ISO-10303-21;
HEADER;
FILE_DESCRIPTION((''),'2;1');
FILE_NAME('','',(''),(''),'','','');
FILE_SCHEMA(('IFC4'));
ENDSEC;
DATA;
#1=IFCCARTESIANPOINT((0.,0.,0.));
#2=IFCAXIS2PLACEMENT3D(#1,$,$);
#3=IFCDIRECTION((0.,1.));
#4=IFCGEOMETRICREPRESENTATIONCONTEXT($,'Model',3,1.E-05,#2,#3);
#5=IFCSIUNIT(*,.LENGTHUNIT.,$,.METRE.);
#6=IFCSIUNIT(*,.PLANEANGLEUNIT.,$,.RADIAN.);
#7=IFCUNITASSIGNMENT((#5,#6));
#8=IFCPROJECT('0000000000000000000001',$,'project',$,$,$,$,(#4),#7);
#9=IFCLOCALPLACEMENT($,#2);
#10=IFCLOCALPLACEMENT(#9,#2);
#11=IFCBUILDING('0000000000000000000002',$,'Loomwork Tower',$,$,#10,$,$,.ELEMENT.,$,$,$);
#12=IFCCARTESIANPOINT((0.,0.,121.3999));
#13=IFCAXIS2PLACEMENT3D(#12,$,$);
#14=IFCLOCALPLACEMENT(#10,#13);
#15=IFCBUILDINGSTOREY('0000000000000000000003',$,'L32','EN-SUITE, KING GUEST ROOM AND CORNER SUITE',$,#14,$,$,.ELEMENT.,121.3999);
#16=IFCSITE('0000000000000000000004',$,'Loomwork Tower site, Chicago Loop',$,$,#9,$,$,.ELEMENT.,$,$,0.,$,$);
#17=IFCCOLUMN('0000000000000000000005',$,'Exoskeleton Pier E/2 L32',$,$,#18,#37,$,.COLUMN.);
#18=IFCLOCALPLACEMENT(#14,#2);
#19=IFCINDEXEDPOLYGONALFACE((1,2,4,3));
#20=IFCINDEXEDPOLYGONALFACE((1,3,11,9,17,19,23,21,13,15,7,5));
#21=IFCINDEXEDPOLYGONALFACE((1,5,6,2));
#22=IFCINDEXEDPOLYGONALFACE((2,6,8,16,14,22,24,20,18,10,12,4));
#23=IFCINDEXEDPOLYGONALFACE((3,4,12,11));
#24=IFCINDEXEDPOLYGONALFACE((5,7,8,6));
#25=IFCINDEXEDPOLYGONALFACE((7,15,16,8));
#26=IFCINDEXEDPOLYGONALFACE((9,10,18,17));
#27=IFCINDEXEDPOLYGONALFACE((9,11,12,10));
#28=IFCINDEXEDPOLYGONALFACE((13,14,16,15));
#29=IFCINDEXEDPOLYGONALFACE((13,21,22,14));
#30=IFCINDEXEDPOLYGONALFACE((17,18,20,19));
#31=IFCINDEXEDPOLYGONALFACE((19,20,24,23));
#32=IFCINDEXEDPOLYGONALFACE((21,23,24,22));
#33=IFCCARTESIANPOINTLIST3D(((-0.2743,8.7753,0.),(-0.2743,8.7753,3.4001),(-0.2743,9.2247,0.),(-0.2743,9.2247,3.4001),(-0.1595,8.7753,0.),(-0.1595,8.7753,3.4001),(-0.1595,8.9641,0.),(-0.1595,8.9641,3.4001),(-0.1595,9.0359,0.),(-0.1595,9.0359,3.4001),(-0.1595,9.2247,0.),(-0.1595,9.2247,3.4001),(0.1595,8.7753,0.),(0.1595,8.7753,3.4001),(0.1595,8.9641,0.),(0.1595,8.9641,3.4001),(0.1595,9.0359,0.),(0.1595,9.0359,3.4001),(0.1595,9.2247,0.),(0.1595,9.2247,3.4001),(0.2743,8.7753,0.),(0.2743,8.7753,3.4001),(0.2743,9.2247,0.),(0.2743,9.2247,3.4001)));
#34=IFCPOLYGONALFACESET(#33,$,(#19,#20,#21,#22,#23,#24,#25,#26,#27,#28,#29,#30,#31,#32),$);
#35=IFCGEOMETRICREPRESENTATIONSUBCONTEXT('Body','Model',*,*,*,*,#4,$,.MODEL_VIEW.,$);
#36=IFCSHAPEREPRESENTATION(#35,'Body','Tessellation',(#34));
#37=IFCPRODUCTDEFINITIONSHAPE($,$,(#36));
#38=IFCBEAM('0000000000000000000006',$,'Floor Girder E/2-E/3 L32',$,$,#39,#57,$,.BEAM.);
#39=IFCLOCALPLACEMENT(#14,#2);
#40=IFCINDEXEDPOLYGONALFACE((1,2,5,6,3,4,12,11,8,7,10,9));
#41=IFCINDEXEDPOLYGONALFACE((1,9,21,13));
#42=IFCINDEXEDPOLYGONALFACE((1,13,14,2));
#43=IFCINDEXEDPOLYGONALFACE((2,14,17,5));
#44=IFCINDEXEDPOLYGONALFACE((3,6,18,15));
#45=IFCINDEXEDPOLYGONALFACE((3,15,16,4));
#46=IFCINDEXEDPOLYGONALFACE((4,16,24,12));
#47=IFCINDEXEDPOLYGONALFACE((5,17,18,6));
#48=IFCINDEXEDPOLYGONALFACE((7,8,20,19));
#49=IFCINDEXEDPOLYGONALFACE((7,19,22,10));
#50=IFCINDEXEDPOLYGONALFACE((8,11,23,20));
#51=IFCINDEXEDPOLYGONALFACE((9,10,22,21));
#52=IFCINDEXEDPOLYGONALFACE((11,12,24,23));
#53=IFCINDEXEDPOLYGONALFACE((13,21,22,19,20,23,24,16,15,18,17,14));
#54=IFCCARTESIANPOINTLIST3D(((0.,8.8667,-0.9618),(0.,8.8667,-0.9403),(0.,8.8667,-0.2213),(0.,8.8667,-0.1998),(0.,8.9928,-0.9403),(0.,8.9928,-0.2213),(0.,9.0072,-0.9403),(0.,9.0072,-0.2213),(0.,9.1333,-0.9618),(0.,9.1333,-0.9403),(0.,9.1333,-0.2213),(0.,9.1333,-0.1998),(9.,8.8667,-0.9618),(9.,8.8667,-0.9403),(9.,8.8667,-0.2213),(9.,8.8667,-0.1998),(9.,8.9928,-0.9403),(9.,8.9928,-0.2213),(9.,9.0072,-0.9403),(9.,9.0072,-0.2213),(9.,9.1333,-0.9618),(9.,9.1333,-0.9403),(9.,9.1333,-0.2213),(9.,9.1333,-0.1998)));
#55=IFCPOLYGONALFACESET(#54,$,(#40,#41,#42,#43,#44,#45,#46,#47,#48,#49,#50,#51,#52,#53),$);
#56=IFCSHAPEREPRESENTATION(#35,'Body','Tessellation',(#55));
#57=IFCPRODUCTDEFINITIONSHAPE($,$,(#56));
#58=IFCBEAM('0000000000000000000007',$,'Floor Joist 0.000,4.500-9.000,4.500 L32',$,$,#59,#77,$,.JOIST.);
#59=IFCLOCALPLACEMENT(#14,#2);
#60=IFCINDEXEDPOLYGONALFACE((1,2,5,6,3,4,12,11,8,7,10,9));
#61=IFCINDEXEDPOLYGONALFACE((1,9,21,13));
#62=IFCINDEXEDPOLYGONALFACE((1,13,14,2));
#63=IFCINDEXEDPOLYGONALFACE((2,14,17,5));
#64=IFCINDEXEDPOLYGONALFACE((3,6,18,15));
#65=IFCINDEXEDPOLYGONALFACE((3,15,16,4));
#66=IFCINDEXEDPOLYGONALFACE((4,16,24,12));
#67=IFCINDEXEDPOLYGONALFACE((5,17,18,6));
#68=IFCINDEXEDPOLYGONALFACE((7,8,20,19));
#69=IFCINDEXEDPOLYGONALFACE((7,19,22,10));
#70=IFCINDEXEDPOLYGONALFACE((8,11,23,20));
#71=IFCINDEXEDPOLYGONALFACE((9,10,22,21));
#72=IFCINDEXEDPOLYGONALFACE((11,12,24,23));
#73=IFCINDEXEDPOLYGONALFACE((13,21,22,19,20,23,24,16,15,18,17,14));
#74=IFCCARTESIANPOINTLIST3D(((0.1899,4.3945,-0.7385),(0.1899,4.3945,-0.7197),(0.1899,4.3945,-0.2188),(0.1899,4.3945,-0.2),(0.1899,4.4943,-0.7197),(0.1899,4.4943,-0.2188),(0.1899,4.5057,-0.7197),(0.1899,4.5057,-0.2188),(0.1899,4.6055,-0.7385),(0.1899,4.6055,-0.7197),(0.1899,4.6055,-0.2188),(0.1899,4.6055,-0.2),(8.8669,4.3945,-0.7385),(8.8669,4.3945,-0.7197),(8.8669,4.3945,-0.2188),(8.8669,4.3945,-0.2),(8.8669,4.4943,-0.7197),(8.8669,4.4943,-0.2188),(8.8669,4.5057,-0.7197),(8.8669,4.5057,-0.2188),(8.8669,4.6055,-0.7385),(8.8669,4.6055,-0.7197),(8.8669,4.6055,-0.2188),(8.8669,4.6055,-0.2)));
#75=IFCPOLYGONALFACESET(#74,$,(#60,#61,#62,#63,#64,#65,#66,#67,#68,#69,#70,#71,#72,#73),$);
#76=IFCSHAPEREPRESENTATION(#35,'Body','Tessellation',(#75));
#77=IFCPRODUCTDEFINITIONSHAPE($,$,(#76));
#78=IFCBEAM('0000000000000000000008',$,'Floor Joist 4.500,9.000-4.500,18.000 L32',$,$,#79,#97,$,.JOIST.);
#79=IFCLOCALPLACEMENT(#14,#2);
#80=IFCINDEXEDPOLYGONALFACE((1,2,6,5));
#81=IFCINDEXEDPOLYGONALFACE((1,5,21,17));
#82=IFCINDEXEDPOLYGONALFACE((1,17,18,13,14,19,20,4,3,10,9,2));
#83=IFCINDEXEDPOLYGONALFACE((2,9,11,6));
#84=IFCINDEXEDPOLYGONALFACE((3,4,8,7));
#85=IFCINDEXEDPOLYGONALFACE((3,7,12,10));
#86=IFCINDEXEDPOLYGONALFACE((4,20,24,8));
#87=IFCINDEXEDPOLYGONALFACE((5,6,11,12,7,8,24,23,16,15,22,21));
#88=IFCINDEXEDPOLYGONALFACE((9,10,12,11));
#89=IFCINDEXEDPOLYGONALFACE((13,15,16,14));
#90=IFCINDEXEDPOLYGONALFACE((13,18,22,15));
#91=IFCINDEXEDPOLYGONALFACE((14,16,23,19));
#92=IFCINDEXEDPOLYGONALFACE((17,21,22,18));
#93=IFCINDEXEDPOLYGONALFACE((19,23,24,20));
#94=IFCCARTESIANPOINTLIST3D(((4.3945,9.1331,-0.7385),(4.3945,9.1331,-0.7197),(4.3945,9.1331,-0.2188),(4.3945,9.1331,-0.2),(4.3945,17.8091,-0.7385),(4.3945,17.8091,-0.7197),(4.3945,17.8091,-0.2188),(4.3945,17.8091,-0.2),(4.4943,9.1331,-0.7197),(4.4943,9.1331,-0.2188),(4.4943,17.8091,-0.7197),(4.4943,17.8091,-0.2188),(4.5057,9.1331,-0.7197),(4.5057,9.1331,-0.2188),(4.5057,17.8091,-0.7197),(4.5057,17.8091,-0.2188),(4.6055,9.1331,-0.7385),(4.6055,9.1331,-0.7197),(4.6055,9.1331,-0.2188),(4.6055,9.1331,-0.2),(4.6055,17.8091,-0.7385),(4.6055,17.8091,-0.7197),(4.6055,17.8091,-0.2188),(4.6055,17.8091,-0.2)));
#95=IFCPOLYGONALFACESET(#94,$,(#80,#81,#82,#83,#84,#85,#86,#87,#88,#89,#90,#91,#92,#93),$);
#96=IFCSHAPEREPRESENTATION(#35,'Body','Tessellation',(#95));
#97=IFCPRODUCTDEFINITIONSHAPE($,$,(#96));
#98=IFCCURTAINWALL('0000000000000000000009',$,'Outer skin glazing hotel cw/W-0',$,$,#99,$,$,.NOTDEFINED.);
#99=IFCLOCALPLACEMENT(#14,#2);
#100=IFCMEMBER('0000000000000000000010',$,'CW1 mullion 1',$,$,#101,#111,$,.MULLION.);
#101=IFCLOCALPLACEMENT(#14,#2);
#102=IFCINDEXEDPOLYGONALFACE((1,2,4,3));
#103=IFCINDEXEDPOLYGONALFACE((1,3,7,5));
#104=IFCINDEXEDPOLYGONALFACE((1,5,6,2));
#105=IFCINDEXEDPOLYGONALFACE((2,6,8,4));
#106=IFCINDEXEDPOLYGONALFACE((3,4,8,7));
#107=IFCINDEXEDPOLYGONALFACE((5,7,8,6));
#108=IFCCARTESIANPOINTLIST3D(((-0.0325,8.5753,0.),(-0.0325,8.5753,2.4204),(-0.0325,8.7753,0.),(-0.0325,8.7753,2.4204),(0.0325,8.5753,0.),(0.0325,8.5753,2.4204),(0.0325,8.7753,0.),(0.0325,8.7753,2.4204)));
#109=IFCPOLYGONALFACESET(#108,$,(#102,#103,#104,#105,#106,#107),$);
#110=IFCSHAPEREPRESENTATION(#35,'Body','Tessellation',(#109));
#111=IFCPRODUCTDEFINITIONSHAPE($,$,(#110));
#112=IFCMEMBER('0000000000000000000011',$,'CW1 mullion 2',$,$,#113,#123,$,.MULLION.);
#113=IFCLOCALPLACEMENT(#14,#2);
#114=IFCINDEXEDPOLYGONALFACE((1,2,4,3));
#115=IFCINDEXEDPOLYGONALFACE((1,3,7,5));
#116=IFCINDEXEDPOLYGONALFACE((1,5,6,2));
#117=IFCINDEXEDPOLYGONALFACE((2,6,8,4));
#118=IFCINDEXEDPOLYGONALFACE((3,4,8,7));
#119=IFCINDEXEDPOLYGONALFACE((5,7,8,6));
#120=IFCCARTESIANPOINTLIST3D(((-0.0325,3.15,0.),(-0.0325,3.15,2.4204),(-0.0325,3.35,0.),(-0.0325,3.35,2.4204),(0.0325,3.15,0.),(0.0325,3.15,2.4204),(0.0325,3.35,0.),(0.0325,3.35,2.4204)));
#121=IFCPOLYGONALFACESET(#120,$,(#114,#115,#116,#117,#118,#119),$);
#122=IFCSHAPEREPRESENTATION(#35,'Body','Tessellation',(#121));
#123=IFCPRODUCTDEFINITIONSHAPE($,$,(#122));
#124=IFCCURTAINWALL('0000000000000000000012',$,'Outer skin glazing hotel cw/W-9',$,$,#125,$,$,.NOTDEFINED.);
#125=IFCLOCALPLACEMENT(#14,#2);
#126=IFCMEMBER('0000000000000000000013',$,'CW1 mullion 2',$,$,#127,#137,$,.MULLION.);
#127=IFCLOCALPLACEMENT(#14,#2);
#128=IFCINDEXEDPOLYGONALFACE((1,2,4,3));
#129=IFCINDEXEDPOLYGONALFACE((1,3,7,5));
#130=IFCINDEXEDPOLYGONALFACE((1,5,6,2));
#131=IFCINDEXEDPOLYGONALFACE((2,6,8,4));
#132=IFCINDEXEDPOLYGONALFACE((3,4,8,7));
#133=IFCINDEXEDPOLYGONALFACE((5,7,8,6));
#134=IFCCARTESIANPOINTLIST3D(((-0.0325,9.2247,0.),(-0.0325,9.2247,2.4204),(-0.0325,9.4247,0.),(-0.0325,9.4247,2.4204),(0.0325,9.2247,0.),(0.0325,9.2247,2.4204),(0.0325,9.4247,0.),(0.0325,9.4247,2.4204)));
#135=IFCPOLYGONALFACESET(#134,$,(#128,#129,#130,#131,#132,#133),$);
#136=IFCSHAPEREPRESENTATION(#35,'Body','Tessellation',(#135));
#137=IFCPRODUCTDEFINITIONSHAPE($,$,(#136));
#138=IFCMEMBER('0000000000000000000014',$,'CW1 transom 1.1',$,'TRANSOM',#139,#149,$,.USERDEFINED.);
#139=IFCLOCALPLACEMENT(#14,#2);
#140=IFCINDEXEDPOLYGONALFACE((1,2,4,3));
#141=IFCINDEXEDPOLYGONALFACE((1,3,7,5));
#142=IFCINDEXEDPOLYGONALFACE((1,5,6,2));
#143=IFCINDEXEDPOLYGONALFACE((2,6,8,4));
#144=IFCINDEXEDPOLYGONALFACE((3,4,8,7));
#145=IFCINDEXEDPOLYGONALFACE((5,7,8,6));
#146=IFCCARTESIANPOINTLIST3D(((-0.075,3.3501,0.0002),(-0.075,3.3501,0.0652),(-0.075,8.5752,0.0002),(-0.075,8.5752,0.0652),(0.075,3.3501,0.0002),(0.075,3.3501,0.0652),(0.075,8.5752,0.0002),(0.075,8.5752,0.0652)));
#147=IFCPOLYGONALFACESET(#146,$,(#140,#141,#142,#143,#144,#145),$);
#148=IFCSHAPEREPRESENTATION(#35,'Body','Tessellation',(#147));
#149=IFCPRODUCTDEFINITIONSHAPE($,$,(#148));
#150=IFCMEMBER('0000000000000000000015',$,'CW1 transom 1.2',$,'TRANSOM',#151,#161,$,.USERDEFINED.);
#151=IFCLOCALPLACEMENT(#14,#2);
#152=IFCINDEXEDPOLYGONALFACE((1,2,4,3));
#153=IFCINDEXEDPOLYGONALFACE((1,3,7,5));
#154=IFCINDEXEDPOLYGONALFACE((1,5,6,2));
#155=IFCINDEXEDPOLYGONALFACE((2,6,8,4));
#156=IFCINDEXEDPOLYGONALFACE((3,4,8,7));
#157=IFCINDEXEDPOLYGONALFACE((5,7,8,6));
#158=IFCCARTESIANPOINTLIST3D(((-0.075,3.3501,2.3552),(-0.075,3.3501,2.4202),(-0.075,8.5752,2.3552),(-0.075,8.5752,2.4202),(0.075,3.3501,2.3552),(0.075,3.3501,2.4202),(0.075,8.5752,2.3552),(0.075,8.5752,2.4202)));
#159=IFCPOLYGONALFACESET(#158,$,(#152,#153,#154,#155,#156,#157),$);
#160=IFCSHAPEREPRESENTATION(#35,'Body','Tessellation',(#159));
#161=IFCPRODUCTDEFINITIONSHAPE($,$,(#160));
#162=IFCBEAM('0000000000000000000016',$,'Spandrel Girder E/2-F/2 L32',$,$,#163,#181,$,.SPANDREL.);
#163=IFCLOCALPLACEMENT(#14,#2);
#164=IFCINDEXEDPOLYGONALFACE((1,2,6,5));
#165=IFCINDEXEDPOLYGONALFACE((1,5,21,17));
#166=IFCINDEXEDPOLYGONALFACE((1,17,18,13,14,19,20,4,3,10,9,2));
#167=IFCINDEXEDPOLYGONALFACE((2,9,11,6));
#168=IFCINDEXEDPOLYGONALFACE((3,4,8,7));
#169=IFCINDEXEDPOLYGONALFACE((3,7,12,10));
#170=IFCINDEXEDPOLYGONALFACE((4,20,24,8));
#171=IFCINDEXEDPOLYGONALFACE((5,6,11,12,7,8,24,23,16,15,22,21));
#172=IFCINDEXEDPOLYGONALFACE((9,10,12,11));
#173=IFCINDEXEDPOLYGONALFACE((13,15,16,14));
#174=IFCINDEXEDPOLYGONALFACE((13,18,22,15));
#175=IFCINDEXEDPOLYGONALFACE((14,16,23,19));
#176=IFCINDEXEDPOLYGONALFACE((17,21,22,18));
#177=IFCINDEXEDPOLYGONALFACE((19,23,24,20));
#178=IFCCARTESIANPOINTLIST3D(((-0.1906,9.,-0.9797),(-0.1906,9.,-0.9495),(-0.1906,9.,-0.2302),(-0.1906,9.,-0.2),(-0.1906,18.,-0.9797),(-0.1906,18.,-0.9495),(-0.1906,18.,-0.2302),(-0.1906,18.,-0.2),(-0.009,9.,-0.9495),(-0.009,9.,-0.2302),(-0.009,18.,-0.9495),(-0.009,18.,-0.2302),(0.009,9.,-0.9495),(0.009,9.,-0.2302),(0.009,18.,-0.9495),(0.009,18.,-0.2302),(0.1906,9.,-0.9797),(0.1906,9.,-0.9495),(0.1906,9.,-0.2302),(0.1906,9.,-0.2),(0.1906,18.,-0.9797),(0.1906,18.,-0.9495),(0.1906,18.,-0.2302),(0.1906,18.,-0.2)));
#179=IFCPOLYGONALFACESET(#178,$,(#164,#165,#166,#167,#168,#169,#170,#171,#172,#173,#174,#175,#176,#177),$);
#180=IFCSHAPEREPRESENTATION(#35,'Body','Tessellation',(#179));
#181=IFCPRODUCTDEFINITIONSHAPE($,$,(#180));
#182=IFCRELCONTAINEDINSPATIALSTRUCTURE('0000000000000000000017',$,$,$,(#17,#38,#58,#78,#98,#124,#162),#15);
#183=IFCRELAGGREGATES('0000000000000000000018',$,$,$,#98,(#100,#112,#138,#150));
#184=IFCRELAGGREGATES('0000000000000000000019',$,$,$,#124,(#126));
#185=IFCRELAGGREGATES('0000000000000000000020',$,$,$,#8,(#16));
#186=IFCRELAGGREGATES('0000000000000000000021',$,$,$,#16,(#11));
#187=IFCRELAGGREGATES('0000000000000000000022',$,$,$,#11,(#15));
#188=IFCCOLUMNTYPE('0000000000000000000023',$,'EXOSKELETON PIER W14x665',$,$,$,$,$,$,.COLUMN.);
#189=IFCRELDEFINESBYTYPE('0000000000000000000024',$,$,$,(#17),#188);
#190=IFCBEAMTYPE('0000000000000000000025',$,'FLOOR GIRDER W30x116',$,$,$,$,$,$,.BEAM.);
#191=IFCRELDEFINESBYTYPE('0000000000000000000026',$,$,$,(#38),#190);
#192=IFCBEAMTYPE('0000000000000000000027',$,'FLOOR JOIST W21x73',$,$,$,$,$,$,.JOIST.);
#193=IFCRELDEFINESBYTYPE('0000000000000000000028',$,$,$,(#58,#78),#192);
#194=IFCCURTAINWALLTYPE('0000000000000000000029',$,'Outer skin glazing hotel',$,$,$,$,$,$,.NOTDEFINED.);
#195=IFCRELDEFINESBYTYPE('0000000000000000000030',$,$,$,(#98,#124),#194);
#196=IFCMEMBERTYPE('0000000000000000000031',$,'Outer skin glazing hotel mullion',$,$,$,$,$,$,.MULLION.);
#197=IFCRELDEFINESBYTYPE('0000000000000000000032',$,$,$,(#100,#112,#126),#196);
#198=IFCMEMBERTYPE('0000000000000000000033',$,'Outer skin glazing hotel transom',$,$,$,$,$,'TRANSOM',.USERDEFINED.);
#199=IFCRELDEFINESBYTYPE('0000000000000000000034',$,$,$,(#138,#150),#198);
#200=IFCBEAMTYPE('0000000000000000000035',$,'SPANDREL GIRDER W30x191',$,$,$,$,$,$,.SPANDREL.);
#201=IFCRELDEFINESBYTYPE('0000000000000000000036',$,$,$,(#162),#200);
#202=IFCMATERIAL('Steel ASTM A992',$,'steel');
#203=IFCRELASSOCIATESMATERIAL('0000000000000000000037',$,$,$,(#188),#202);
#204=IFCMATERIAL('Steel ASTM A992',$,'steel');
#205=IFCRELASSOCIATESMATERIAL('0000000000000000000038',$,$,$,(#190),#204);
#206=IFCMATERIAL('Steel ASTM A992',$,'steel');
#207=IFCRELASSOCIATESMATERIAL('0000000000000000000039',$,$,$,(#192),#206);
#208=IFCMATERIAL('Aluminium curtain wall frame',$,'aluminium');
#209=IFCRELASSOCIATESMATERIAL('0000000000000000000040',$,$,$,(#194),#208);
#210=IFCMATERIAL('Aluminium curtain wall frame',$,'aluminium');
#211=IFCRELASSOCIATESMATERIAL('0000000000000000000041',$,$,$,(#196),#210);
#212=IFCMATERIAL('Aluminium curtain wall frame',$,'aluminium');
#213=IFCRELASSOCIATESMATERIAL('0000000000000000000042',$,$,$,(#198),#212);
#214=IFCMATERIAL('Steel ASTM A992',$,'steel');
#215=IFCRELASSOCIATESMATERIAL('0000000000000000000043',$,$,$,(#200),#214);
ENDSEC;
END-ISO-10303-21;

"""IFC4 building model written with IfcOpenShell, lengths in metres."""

from ifc_helpers import new_model, si_unit, direction, frame, origin, origin_2d, place, context, subcontext, project, spatial, rectangle, i_section, extrude, material, material_profile, profile_set, type_object, element, aggregate, save


model = new_model("IFC4")

# Units and contexts
model_context = context("Model", 3, precision=1e-05, world=origin(), true_north=direction((0.0, 1.0)))
body_context = subcontext(model_context, "Body", "Model", "MODEL_VIEW")
ifc_project = project(units=[si_unit("LENGTHUNIT", "METRE"), si_unit("PLANEANGLEUNIT", "RADIAN")], contexts=[model_context])

# Site, building, storey
site_placement = place(None, origin())
site = spatial("IfcSite", under=ifc_project, at=site_placement, Name="Loomwork Tower site, Chicago Loop", CompositionType="ELEMENT", RefElevation=0.0)
building_placement = place(site_placement, origin())
building = spatial("IfcBuilding", under=site, at=building_placement, Name="Loomwork Tower", CompositionType="ELEMENT")
storey_placement = place(building_placement, frame((0.0, 0.0, 121.3999)))
storey = spatial("IfcBuildingStorey", under=building, at=storey_placement, Name="L32", Description="EN-SUITE, KING GUEST ROOM AND CORNER SUITE", CompositionType="ELEMENT", Elevation=121.3999)

# Column
ifc_material_1 = material(Name="Steel ASTM A992", Category="steel")
ifc_material_profile_1 = material_profile(ifc_material_1, i_section(OverallWidth=0.4495, OverallDepth=0.5486, WebThickness=0.0718, FlangeThickness=0.1147, at=origin_2d()), Name="W14x665")
ifc_profile_set_1 = profile_set([ifc_material_profile_1], Name="Steel ASTM A992")
column_type = type_object("IfcColumnType", Name="EXOSKELETON PIER W14x665", PredefinedType="COLUMN", material=ifc_profile_set_1)
column_placement = place(storey_placement, frame((0.0, 9.0, 0.0), z_axis=(0.0, 0.0, 1.0), x_axis=(0.0, 1.0, 0.0)))
element("IfcColumn", 1, at=column_placement, inside=storey, type_object=column_type, Name="Exoskeleton Pier E/2 L32", PredefinedType="COLUMN", context=body_context, shape_type="SweptSolid", body=[
    extrude(i_section(OverallWidth=0.4495, OverallDepth=0.5486, WebThickness=0.0718, FlangeThickness=0.1147, at=origin_2d()), origin(), (0.0, 0.0, 1.0), 3.4001),
])

# Beams
ifc_material_2 = material(Name="Steel ASTM A992", Category="steel")
ifc_material_profile_2 = material_profile(ifc_material_2, i_section(OverallWidth=0.2666, OverallDepth=0.762, WebThickness=0.0144, FlangeThickness=0.0215, at=origin_2d()), Name="W30x116")
ifc_profile_set_2 = profile_set([ifc_material_profile_2], Name="Steel ASTM A992")
beam_type_1 = type_object("IfcBeamType", Name="FLOOR GIRDER W30x116", PredefinedType="BEAM", material=ifc_profile_set_2)
beam_1_placement = place(storey_placement, frame((0.0, 9.0, -0.5808), z_axis=(1.0, 0.0, 0.0), x_axis=(0.0, 1.0, 0.0)))
element("IfcBeam", 2, at=beam_1_placement, inside=storey, type_object=beam_type_1, Name="Floor Girder E/2-E/3 L32", PredefinedType="BEAM", context=body_context, shape_type="SweptSolid", body=[
    extrude(i_section(OverallWidth=0.2666, OverallDepth=0.762, WebThickness=0.0144, FlangeThickness=0.0215, at=origin_2d()), origin(), (0.0, 0.0, 1.0), 9.0),
])
ifc_material_3 = material(Name="Steel ASTM A992", Category="steel")
ifc_material_profile_3 = material_profile(ifc_material_3, i_section(OverallWidth=0.2109, OverallDepth=0.5386, WebThickness=0.0115, FlangeThickness=0.0188, at=origin_2d()), Name="W21x73")
ifc_profile_set_3 = profile_set([ifc_material_profile_3], Name="Steel ASTM A992")
beam_type_2 = type_object("IfcBeamType", Name="FLOOR JOIST W21x73", PredefinedType="JOIST", material=ifc_profile_set_3)
beam_2_placement = place(storey_placement, frame((0.1899, 4.5, -0.4692), z_axis=(1.0, 0.0, 0.0), x_axis=(0.0, 1.0, 0.0)))
element("IfcBeam", 3, at=beam_2_placement, inside=storey, type_object=beam_type_2, Name="Floor Joist 0.000,4.500-9.000,4.500 L32", PredefinedType="JOIST", context=body_context, shape_type="SweptSolid", body=[
    extrude(i_section(OverallWidth=0.2109, OverallDepth=0.5386, WebThickness=0.0115, FlangeThickness=0.0188, at=origin_2d()), origin(), (0.0, 0.0, 1.0), 8.677),
])
beam_3_placement = place(storey_placement, frame((4.5, 9.1331, -0.4692), z_axis=(0.0, 1.0, 0.0), x_axis=(-1.0, 0.0, 0.0)))
element("IfcBeam", 4, at=beam_3_placement, inside=storey, type_object=beam_type_2, Name="Floor Joist 4.500,9.000-4.500,18.000 L32", PredefinedType="JOIST", context=body_context, shape_type="SweptSolid", body=[
    extrude(i_section(OverallWidth=0.2109, OverallDepth=0.5386, WebThickness=0.0115, FlangeThickness=0.0188, at=origin_2d()), origin(), (0.0, 0.0, 1.0), 8.676),
])

# Curtain wall, members
ifc_material_4 = material(Name="Aluminium curtain wall frame", Category="aluminium")
curtain_wall_type = type_object("IfcCurtainWallType", Name="Outer skin glazing hotel", PredefinedType="NOTDEFINED", material=ifc_material_4)
curtain_wall_1_placement = place(storey_placement, origin())
curtain_wall_1 = element("IfcCurtainWall", 5, at=curtain_wall_1_placement, inside=storey, type_object=curtain_wall_type, Name="Outer skin glazing hotel cw/W-0", PredefinedType="NOTDEFINED")
ifc_material_5 = material(Name="Aluminium curtain wall frame", Category="aluminium")
ifc_material_profile_4 = material_profile(ifc_material_5, rectangle(XDim=0.0649, YDim=0.2, at=origin_2d()), Name="AL 65x200")
ifc_profile_set_4 = profile_set([ifc_material_profile_4], Name="Aluminium curtain wall frame")
member_type_1 = type_object("IfcMemberType", Name="Outer skin glazing hotel mullion", PredefinedType="MULLION", material=ifc_profile_set_4)
member_1_placement = place(storey_placement, frame((0.0, 8.6753, 0.0), z_axis=(0.0, 0.0, 1.0), x_axis=(1.0, 0.0, 0.0)))
member_1 = element("IfcMember", 6, at=member_1_placement, type_object=member_type_1, Name="CW1 mullion 1", PredefinedType="MULLION", context=body_context, shape_type="SweptSolid", body=[
    extrude(rectangle(XDim=0.0649, YDim=0.2, at=origin_2d()), origin(), (0.0, 0.0, 1.0), 2.4204),
])
member_2_placement = place(storey_placement, frame((0.0, 3.25, 0.0), z_axis=(0.0, 0.0, 1.0), x_axis=(1.0, 0.0, 0.0)))
member_2 = element("IfcMember", 7, at=member_2_placement, type_object=member_type_1, Name="CW1 mullion 2", PredefinedType="MULLION", context=body_context, shape_type="SweptSolid", body=[
    extrude(rectangle(XDim=0.0649, YDim=0.2, at=origin_2d()), origin(), (0.0, 0.0, 1.0), 2.4204),
])

# Curtain wall, member
curtain_wall_2_placement = place(storey_placement, origin())
curtain_wall_2 = element("IfcCurtainWall", 8, at=curtain_wall_2_placement, inside=storey, type_object=curtain_wall_type, Name="Outer skin glazing hotel cw/W-9", PredefinedType="NOTDEFINED")
member_3_placement = place(storey_placement, frame((0.0, 9.3247, 0.0), z_axis=(0.0, 0.0, 1.0), x_axis=(1.0, 0.0, 0.0)))
member_3 = element("IfcMember", 9, at=member_3_placement, type_object=member_type_1, Name="CW1 mullion 2", PredefinedType="MULLION", context=body_context, shape_type="SweptSolid", body=[
    extrude(rectangle(XDim=0.0649, YDim=0.2, at=origin_2d()), origin(), (0.0, 0.0, 1.0), 2.4204),
])

# Members
ifc_material_6 = material(Name="Aluminium curtain wall frame", Category="aluminium")
ifc_material_profile_5 = material_profile(ifc_material_6, rectangle(XDim=0.1499, YDim=0.0649, at=origin_2d()), Name="AL 65x150")
ifc_profile_set_5 = profile_set([ifc_material_profile_5], Name="Aluminium curtain wall frame")
member_type_2 = type_object("IfcMemberType", Name="Outer skin glazing hotel transom", ElementType="TRANSOM", PredefinedType="USERDEFINED", material=ifc_profile_set_5)
member_4_placement = place(storey_placement, frame((0.0, 8.5752, 0.0327), z_axis=(0.0, -1.0, 0.0), x_axis=(1.0, 0.0, 0.0)))
member_4 = element("IfcMember", 10, at=member_4_placement, type_object=member_type_2, Name="CW1 transom 1.1", ObjectType="TRANSOM", PredefinedType="USERDEFINED", context=body_context, shape_type="SweptSolid", body=[
    extrude(rectangle(XDim=0.1499, YDim=0.0649, at=origin_2d()), origin(), (0.0, 0.0, 1.0), 5.2251),
])
member_5_placement = place(storey_placement, frame((0.0, 8.5752, 2.3877), z_axis=(0.0, -1.0, 0.0), x_axis=(1.0, 0.0, 0.0)))
member_5 = element("IfcMember", 11, at=member_5_placement, type_object=member_type_2, Name="CW1 transom 1.2", ObjectType="TRANSOM", PredefinedType="USERDEFINED", context=body_context, shape_type="SweptSolid", body=[
    extrude(rectangle(XDim=0.1499, YDim=0.0649, at=origin_2d()), origin(), (0.0, 0.0, 1.0), 5.2251),
])

# Beam
ifc_material_7 = material(Name="Steel ASTM A992", Category="steel")
ifc_material_profile_6 = material_profile(ifc_material_7, i_section(OverallWidth=0.3811, OverallDepth=0.7798, WebThickness=0.0181, FlangeThickness=0.0303, at=origin_2d()), Name="W30x191")
ifc_profile_set_6 = profile_set([ifc_material_profile_6], Name="Steel ASTM A992")
beam_type_3 = type_object("IfcBeamType", Name="SPANDREL GIRDER W30x191", PredefinedType="SPANDREL", material=ifc_profile_set_6)
beam_4_placement = place(storey_placement, frame((0.0, 9.0, -0.5898), z_axis=(0.0, 1.0, 0.0), x_axis=(-1.0, 0.0, 0.0)))
element("IfcBeam", 12, at=beam_4_placement, inside=storey, type_object=beam_type_3, Name="Spandrel Girder E/2-F/2 L32", PredefinedType="SPANDREL", context=body_context, shape_type="SweptSolid", body=[
    extrude(i_section(OverallWidth=0.3811, OverallDepth=0.7798, WebThickness=0.0181, FlangeThickness=0.0303, at=origin_2d()), origin(), (0.0, 0.0, 1.0), 9.0),
])

aggregate(curtain_wall_1, [member_1, member_2, member_4, member_5])
aggregate(curtain_wall_2, [member_3])

save(model, "model.ifc")
